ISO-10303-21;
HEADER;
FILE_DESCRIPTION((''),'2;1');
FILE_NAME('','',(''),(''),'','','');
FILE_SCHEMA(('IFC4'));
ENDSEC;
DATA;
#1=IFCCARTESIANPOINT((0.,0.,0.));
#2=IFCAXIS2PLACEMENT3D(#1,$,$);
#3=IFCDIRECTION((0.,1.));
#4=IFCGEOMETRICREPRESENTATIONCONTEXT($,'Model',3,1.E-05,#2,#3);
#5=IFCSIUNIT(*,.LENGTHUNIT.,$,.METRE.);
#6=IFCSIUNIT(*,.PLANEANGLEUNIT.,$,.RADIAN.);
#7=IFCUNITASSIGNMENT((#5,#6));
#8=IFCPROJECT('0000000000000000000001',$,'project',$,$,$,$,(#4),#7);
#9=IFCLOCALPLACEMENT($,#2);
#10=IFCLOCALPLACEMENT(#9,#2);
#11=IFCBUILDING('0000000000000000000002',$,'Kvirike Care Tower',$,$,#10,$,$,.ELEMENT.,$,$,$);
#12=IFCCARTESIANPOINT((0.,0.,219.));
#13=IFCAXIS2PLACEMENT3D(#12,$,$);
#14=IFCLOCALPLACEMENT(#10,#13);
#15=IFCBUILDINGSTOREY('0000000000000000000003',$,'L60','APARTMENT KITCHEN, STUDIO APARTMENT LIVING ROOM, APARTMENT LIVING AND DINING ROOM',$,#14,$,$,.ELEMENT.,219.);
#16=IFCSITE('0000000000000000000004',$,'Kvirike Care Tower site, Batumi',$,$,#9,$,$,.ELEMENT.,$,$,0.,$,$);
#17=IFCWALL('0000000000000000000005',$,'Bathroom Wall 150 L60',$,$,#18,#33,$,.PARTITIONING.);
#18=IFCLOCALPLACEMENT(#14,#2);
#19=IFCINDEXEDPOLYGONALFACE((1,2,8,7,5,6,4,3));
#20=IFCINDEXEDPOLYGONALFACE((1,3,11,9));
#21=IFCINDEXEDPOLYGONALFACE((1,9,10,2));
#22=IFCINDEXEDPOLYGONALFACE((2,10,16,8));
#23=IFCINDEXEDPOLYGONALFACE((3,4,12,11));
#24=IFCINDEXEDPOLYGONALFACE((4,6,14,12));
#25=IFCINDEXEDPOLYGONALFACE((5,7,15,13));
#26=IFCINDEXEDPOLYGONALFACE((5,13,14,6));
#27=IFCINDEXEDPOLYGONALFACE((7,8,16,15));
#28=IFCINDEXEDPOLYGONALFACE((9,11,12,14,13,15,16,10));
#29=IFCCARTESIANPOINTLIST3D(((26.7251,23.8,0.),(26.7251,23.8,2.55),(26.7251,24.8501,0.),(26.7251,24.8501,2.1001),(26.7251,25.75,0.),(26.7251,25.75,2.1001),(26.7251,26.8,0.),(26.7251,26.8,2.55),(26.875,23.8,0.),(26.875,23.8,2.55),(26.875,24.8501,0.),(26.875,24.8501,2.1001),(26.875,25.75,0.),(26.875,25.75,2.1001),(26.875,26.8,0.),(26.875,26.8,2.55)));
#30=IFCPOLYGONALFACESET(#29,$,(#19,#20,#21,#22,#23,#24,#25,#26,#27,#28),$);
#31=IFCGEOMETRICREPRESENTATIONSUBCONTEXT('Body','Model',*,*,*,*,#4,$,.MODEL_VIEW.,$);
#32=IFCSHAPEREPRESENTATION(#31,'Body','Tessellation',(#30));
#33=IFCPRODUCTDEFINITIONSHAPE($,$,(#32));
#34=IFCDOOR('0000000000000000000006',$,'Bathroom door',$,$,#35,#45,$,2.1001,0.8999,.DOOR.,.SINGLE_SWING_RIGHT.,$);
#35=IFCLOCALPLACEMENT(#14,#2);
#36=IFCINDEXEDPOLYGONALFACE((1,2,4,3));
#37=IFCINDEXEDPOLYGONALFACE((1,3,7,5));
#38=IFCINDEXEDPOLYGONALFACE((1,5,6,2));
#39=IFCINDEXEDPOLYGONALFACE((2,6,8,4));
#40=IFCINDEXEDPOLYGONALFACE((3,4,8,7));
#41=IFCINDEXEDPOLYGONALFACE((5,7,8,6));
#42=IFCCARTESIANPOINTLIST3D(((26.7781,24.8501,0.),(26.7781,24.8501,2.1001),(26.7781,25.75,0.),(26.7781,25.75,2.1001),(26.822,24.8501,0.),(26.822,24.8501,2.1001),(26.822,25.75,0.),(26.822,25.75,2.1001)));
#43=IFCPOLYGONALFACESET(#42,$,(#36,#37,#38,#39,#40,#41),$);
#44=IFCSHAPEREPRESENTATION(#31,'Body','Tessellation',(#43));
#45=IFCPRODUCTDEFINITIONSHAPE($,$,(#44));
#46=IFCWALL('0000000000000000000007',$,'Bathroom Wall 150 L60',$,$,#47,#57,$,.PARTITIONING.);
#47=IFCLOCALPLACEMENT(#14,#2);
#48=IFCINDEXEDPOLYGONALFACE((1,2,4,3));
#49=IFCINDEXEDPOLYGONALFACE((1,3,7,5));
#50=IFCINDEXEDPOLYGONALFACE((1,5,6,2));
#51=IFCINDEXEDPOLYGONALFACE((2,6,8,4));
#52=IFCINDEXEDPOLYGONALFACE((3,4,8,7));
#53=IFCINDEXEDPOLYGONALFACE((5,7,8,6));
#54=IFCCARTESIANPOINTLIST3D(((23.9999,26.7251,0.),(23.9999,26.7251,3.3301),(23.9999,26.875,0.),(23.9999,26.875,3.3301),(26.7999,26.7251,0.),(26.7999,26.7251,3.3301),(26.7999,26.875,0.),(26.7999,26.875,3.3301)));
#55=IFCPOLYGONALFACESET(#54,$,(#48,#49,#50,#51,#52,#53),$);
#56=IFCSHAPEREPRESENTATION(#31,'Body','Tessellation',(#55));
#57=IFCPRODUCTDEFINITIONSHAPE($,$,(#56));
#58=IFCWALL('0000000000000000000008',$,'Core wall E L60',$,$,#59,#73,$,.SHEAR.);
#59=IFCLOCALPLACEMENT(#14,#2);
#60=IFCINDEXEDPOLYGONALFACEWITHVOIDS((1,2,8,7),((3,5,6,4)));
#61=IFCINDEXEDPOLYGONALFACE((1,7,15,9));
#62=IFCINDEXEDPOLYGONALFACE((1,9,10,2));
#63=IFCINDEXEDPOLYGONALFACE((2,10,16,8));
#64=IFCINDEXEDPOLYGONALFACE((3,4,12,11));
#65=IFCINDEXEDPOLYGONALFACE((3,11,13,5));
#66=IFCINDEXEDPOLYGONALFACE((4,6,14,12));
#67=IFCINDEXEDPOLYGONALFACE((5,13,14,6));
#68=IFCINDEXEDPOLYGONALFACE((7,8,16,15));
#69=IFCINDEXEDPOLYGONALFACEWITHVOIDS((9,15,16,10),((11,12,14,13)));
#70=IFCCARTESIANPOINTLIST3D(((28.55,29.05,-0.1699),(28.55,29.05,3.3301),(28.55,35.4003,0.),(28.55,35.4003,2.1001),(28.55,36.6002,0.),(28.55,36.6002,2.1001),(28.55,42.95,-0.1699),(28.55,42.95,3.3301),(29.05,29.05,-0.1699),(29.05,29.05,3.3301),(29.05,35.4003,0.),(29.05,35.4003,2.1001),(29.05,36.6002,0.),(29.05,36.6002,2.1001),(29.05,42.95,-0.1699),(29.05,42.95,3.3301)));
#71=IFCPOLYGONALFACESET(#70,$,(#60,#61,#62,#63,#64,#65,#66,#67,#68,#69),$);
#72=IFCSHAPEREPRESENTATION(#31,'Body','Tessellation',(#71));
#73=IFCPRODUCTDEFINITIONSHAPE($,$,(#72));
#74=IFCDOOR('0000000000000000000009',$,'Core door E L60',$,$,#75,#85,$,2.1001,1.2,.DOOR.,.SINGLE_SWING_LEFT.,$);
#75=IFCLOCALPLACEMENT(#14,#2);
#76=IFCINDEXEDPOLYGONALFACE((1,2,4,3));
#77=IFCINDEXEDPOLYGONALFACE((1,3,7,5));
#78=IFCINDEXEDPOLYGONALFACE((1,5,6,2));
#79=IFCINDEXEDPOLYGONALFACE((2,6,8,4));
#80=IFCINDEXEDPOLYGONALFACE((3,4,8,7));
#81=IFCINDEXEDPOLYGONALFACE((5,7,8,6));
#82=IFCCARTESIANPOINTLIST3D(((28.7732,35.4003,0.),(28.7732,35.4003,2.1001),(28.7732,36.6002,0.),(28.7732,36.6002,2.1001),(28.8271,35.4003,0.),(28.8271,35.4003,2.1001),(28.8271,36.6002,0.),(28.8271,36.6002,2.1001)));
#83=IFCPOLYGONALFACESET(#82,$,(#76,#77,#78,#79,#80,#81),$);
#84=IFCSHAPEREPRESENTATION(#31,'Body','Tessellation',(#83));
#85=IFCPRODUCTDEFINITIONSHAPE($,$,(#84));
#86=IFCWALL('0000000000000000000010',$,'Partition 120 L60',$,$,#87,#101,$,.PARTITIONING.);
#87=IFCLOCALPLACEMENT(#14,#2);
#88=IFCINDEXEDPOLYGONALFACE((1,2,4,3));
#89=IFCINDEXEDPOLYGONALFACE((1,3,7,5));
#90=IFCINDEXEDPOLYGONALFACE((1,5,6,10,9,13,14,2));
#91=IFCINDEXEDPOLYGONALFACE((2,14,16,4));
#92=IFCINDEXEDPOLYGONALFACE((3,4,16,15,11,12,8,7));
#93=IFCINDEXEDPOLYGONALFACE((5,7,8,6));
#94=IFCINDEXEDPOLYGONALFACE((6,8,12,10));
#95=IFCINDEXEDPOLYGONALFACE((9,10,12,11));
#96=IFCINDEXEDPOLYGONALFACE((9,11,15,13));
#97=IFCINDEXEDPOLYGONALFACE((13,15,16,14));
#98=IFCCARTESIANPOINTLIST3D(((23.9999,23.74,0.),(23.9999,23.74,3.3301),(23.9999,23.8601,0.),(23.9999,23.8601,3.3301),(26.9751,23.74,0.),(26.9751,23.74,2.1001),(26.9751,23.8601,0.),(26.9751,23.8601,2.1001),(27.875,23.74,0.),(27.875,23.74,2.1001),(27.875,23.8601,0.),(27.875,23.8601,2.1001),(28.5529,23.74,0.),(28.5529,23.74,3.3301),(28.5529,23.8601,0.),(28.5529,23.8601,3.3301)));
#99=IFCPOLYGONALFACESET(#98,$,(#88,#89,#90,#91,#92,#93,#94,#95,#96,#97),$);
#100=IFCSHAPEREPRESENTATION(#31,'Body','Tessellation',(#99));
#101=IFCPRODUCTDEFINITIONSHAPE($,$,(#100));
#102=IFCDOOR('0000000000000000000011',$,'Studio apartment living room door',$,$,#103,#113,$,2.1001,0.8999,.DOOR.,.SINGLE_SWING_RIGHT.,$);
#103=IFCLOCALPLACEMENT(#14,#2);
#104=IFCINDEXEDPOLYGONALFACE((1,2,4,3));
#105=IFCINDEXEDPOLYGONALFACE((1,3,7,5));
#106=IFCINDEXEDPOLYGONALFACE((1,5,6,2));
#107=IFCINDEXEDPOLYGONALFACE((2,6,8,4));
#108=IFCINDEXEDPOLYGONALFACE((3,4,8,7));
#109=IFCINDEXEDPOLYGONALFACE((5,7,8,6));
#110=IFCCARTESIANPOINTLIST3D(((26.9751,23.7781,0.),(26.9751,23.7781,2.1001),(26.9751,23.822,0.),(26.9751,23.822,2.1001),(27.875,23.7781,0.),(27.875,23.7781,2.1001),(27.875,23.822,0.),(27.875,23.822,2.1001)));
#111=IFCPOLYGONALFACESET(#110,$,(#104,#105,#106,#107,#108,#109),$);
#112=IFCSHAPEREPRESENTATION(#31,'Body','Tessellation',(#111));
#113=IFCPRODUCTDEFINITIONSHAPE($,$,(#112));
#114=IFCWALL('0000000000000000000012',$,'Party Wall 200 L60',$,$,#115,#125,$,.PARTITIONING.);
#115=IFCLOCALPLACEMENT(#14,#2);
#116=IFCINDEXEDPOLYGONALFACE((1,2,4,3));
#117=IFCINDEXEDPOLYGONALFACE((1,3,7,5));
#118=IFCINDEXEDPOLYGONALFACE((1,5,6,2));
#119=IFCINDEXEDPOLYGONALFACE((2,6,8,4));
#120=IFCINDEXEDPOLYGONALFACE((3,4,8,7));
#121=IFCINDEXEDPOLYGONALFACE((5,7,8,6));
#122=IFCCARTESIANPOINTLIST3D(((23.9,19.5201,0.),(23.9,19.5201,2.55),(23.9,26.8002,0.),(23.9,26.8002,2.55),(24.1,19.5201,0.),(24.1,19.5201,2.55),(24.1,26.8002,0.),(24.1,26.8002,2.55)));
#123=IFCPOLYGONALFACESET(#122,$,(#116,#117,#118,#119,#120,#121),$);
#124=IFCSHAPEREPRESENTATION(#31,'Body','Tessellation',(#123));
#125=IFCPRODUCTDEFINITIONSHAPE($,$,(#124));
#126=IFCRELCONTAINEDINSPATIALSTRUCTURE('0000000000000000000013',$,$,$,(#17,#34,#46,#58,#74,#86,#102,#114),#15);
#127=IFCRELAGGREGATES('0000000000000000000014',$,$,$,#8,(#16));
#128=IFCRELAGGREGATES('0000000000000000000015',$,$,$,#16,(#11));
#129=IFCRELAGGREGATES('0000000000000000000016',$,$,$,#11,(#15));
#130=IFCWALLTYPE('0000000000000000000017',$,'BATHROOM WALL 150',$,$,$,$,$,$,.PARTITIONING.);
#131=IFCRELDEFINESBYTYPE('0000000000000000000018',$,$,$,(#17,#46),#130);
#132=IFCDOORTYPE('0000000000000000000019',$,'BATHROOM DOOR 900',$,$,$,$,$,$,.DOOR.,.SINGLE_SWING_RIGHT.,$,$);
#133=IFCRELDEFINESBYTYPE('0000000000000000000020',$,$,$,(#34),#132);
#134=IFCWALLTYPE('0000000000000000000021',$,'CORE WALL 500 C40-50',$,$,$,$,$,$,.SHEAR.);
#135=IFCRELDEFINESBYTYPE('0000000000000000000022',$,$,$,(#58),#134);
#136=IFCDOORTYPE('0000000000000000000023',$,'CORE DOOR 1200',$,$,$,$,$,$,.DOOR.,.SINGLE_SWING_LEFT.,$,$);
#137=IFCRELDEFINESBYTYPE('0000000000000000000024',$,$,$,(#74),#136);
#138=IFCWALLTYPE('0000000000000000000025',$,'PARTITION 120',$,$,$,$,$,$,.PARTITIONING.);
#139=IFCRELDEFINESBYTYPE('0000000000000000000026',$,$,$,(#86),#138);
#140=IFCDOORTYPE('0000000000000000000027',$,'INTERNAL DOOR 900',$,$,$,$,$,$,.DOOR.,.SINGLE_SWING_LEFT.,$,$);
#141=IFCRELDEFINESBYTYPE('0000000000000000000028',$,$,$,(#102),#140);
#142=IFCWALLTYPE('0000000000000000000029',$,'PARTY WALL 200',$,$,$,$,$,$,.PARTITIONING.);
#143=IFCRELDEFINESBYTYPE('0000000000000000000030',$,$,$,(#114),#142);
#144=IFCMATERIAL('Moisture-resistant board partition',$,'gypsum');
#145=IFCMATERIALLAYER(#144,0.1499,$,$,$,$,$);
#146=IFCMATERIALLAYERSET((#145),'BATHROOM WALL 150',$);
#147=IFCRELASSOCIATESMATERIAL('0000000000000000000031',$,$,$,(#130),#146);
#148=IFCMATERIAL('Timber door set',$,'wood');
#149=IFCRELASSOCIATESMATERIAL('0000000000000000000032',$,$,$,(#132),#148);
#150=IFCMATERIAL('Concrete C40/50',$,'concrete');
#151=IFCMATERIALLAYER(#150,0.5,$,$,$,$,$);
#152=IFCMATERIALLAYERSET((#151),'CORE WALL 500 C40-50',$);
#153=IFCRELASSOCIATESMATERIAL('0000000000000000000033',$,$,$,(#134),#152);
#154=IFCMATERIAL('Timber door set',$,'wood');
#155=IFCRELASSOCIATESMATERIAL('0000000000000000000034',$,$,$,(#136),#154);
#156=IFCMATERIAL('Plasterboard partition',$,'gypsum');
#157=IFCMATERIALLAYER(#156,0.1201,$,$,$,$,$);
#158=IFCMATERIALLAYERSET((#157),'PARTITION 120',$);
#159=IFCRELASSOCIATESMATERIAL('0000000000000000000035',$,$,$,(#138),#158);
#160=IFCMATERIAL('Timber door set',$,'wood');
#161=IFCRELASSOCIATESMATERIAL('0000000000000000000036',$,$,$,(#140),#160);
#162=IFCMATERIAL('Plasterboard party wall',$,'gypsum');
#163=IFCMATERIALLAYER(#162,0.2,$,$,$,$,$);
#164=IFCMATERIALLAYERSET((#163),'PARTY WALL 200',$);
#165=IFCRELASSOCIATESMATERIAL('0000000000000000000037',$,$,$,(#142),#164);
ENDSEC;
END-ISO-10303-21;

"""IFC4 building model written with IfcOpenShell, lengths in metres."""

from ifc_helpers import new_model, si_unit, direction, frame, frame_2d, origin, place, context, subcontext, project, spatial, rectangle, extrude, material, layer, layer_set, type_object, element, fill, save


model = new_model("IFC4")

# Units and contexts
model_context = context("Model", 3, precision=1e-05, world=origin(), true_north=direction((0.0, 1.0)))
body_context = subcontext(model_context, "Body", "Model", "MODEL_VIEW")
ifc_project = project(units=[si_unit("LENGTHUNIT", "METRE"), si_unit("PLANEANGLEUNIT", "RADIAN")], contexts=[model_context])

# Site, building, storey
site_placement = place(None, origin())
site = spatial("IfcSite", under=ifc_project, at=site_placement, Name="Kvirike Care Tower site, Batumi", CompositionType="ELEMENT", RefElevation=0.0)
building_placement = place(site_placement, origin())
building = spatial("IfcBuilding", under=site, at=building_placement, Name="Kvirike Care Tower", CompositionType="ELEMENT")
storey_placement = place(building_placement, frame((0.0, 0.0, 219.0)))
storey = spatial("IfcBuildingStorey", under=building, at=storey_placement, Name="L60", Description="APARTMENT KITCHEN, STUDIO APARTMENT LIVING ROOM, APARTMENT LIVING AND DINING ROOM", CompositionType="ELEMENT", Elevation=219.0)

# Wall, opening, door
ifc_material_1 = material(Name="Moisture-resistant board partition", Category="gypsum")
ifc_layer_1 = layer(ifc_material_1, 0.1499)
ifc_layer_set_1 = layer_set([ifc_layer_1], Name="BATHROOM WALL 150")
wall_type_1 = type_object("IfcWallType", Name="BATHROOM WALL 150", PredefinedType="PARTITIONING", material=ifc_layer_set_1)
wall_1_placement = place(storey_placement, frame((26.8, 23.8, 0.0), z_axis=(0.0, 0.0, 1.0), x_axis=(0.0, 1.0, 0.0)))
wall_1 = element("IfcWall", 1, at=wall_1_placement, inside=storey, type_object=wall_type_1, Name="Bathroom Wall 150 L60", PredefinedType="PARTITIONING", context=body_context, shape_type="SweptSolid", body=[
    extrude(rectangle(XDim=3.0, YDim=0.1499, at=frame_2d((1.5, 0.0))), origin(), (0.0, 0.0, 1.0), 2.55),
])
opening_1_placement = place(wall_1_placement, frame((1.05, 0.0, 0.0)))
opening_1 = element("IfcOpeningElement", 2, at=opening_1_placement, cuts=wall_1, PredefinedType="OPENING", context=body_context, shape_type="SweptSolid", body=[
    extrude(rectangle(XDim=0.8999, YDim=2.1001, at=frame_2d((0.45, 1.05))), frame((0.0, 0.0854, 0.0), z_axis=(0.0, -1.0, 0.0), x_axis=(1.0, 0.0, 0.0)), (0.0, 0.0, 1.0), 0.1709),
])
ifc_material_2 = material(Name="Timber door set", Category="wood")
door_type_1 = type_object("IfcDoorType", Name="BATHROOM DOOR 900", OperationType="SINGLE_SWING_RIGHT", PredefinedType="DOOR", material=ifc_material_2)
door_1_placement = place(opening_1_placement, frame((0.8999, 0.0, 0.0), z_axis=(0.0, 0.0, 1.0), x_axis=(-1.0, 0.0, 0.0)))
door_1 = element("IfcDoor", 3, at=door_1_placement, inside=storey, type_object=door_type_1, Name="Bathroom door", OperationType="SINGLE_SWING_RIGHT", OverallHeight=2.1001, OverallWidth=0.8999, PredefinedType="DOOR", context=body_context, shape_type="SweptSolid", body=[
    extrude(rectangle(XDim=0.8999, YDim=2.1001, at=frame_2d((0.45, 1.05))), frame((0.0, 0.022, 0.0), z_axis=(0.0, -1.0, 0.0), x_axis=(1.0, 0.0, 0.0)), (0.0, 0.0, 1.0), 0.0439),
])
fill(opening_1, door_1)

# Wall
wall_2_placement = place(storey_placement, frame((24.0, 26.8, 0.0), z_axis=(0.0, 0.0, 1.0), x_axis=(1.0, 0.0, 0.0)))
element("IfcWall", 4, at=wall_2_placement, inside=storey, type_object=wall_type_1, Name="Bathroom Wall 150 L60", PredefinedType="PARTITIONING", context=body_context, shape_type="SweptSolid", body=[
    extrude(rectangle(XDim=2.8, YDim=0.1499, at=frame_2d((1.3999, 0.0))), origin(), (0.0, 0.0, 1.0), 3.3301),
])

# Walls, openings, doors
ifc_material_3 = material(Name="Concrete C40/50", Category="concrete")
ifc_layer_2 = layer(ifc_material_3, 0.5)
ifc_layer_set_2 = layer_set([ifc_layer_2], Name="CORE WALL 500 C40-50")
wall_type_2 = type_object("IfcWallType", Name="CORE WALL 500 C40-50", PredefinedType="SHEAR", material=ifc_layer_set_2)
wall_3_placement = place(storey_placement, frame((28.8, 29.05, -0.1699), z_axis=(0.0, 0.0, 1.0), x_axis=(0.0, 1.0, 0.0)))
wall_3 = element("IfcWall", 5, at=wall_3_placement, inside=storey, type_object=wall_type_2, Name="Core wall E L60", PredefinedType="SHEAR", context=body_context, shape_type="SweptSolid", body=[
    extrude(rectangle(XDim=13.8999, YDim=0.5, at=frame_2d((6.95, 0.0))), origin(), (0.0, 0.0, 1.0), 3.5),
])
opening_2_placement = place(wall_3_placement, frame((6.3501, 0.0, 0.1699)))
opening_2 = element("IfcOpeningElement", 6, at=opening_2_placement, cuts=wall_3, PredefinedType="OPENING", context=body_context, shape_type="SweptSolid", body=[
    extrude(rectangle(XDim=1.2, YDim=2.1001, at=frame_2d((0.6001, 1.05))), frame((0.0, 0.2605, 0.0), z_axis=(0.0, -1.0, 0.0), x_axis=(1.0, 0.0, 0.0)), (0.0, 0.0, 1.0), 0.521),
])
ifc_material_4 = material(Name="Timber door set", Category="wood")
door_type_2 = type_object("IfcDoorType", Name="CORE DOOR 1200", OperationType="SINGLE_SWING_LEFT", PredefinedType="DOOR", material=ifc_material_4)
door_2_placement = place(opening_2_placement, origin())
door_2 = element("IfcDoor", 7, at=door_2_placement, inside=storey, type_object=door_type_2, Name="Core door E L60", OperationType="SINGLE_SWING_LEFT", OverallHeight=2.1001, OverallWidth=1.2, PredefinedType="DOOR", context=body_context, shape_type="SweptSolid", body=[
    extrude(rectangle(XDim=1.2, YDim=2.1001, at=frame_2d((0.6001, 1.05))), frame((0.0, 0.0269, 0.0), z_axis=(0.0, -1.0, 0.0), x_axis=(1.0, 0.0, 0.0)), (0.0, 0.0, 1.0), 0.054),
])
fill(opening_2, door_2)
ifc_material_5 = material(Name="Plasterboard partition", Category="gypsum")
ifc_layer_3 = layer(ifc_material_5, 0.1201)
ifc_layer_set_3 = layer_set([ifc_layer_3], Name="PARTITION 120")
wall_type_3 = type_object("IfcWallType", Name="PARTITION 120", PredefinedType="PARTITIONING", material=ifc_layer_set_3)
wall_4_placement = place(storey_placement, frame((24.0, 23.8, 0.0), z_axis=(0.0, 0.0, 1.0), x_axis=(1.0, 0.0, 0.0)))
wall_4 = element("IfcWall", 8, at=wall_4_placement, inside=storey, type_object=wall_type_3, Name="Partition 120 L60", PredefinedType="PARTITIONING", context=body_context, shape_type="SweptSolid", body=[
    extrude(rectangle(XDim=4.553, YDim=0.1201, at=frame_2d((2.2764, 0.0))), origin(), (0.0, 0.0, 1.0), 3.3301),
])
opening_3_placement = place(wall_4_placement, frame((2.9751, 0.0, 0.0)))
opening_3 = element("IfcOpeningElement", 9, at=opening_3_placement, cuts=wall_4, PredefinedType="OPENING", context=body_context, shape_type="SweptSolid", body=[
    extrude(rectangle(XDim=0.8999, YDim=2.1001, at=frame_2d((0.45, 1.05))), frame((0.0, 0.0706, 0.0), z_axis=(0.0, -1.0, 0.0), x_axis=(1.0, 0.0, 0.0)), (0.0, 0.0, 1.0), 0.1411),
])
ifc_material_6 = material(Name="Timber door set", Category="wood")
door_type_3 = type_object("IfcDoorType", Name="INTERNAL DOOR 900", OperationType="SINGLE_SWING_LEFT", PredefinedType="DOOR", material=ifc_material_6)
door_3_placement = place(opening_3_placement, origin())
door_3 = element("IfcDoor", 10, at=door_3_placement, inside=storey, type_object=door_type_3, Name="Studio apartment living room door", OperationType="SINGLE_SWING_RIGHT", OverallHeight=2.1001, OverallWidth=0.8999, PredefinedType="DOOR", context=body_context, shape_type="SweptSolid", body=[
    extrude(rectangle(XDim=0.8999, YDim=2.1001, at=frame_2d((0.45, 1.05))), frame((0.0, 0.022, 0.0), z_axis=(0.0, -1.0, 0.0), x_axis=(1.0, 0.0, 0.0)), (0.0, 0.0, 1.0), 0.0439),
])
fill(opening_3, door_3)

# Wall
ifc_material_7 = material(Name="Plasterboard party wall", Category="gypsum")
ifc_layer_4 = layer(ifc_material_7, 0.2)
ifc_layer_set_4 = layer_set([ifc_layer_4], Name="PARTY WALL 200")
wall_type_4 = type_object("IfcWallType", Name="PARTY WALL 200", PredefinedType="PARTITIONING", material=ifc_layer_set_4)
wall_5_placement = place(storey_placement, frame((24.0, 19.52, 0.0), z_axis=(0.0, 0.0, 1.0), x_axis=(0.0, 1.0, 0.0)))
element("IfcWall", 11, at=wall_5_placement, inside=storey, type_object=wall_type_4, Name="Party Wall 200 L60", PredefinedType="PARTITIONING", context=body_context, shape_type="SweptSolid", body=[
    extrude(rectangle(XDim=7.28, YDim=0.2, at=frame_2d((3.6401, 0.0))), origin(), (0.0, 0.0, 1.0), 2.55),
])

save(model, "model.ifc")
